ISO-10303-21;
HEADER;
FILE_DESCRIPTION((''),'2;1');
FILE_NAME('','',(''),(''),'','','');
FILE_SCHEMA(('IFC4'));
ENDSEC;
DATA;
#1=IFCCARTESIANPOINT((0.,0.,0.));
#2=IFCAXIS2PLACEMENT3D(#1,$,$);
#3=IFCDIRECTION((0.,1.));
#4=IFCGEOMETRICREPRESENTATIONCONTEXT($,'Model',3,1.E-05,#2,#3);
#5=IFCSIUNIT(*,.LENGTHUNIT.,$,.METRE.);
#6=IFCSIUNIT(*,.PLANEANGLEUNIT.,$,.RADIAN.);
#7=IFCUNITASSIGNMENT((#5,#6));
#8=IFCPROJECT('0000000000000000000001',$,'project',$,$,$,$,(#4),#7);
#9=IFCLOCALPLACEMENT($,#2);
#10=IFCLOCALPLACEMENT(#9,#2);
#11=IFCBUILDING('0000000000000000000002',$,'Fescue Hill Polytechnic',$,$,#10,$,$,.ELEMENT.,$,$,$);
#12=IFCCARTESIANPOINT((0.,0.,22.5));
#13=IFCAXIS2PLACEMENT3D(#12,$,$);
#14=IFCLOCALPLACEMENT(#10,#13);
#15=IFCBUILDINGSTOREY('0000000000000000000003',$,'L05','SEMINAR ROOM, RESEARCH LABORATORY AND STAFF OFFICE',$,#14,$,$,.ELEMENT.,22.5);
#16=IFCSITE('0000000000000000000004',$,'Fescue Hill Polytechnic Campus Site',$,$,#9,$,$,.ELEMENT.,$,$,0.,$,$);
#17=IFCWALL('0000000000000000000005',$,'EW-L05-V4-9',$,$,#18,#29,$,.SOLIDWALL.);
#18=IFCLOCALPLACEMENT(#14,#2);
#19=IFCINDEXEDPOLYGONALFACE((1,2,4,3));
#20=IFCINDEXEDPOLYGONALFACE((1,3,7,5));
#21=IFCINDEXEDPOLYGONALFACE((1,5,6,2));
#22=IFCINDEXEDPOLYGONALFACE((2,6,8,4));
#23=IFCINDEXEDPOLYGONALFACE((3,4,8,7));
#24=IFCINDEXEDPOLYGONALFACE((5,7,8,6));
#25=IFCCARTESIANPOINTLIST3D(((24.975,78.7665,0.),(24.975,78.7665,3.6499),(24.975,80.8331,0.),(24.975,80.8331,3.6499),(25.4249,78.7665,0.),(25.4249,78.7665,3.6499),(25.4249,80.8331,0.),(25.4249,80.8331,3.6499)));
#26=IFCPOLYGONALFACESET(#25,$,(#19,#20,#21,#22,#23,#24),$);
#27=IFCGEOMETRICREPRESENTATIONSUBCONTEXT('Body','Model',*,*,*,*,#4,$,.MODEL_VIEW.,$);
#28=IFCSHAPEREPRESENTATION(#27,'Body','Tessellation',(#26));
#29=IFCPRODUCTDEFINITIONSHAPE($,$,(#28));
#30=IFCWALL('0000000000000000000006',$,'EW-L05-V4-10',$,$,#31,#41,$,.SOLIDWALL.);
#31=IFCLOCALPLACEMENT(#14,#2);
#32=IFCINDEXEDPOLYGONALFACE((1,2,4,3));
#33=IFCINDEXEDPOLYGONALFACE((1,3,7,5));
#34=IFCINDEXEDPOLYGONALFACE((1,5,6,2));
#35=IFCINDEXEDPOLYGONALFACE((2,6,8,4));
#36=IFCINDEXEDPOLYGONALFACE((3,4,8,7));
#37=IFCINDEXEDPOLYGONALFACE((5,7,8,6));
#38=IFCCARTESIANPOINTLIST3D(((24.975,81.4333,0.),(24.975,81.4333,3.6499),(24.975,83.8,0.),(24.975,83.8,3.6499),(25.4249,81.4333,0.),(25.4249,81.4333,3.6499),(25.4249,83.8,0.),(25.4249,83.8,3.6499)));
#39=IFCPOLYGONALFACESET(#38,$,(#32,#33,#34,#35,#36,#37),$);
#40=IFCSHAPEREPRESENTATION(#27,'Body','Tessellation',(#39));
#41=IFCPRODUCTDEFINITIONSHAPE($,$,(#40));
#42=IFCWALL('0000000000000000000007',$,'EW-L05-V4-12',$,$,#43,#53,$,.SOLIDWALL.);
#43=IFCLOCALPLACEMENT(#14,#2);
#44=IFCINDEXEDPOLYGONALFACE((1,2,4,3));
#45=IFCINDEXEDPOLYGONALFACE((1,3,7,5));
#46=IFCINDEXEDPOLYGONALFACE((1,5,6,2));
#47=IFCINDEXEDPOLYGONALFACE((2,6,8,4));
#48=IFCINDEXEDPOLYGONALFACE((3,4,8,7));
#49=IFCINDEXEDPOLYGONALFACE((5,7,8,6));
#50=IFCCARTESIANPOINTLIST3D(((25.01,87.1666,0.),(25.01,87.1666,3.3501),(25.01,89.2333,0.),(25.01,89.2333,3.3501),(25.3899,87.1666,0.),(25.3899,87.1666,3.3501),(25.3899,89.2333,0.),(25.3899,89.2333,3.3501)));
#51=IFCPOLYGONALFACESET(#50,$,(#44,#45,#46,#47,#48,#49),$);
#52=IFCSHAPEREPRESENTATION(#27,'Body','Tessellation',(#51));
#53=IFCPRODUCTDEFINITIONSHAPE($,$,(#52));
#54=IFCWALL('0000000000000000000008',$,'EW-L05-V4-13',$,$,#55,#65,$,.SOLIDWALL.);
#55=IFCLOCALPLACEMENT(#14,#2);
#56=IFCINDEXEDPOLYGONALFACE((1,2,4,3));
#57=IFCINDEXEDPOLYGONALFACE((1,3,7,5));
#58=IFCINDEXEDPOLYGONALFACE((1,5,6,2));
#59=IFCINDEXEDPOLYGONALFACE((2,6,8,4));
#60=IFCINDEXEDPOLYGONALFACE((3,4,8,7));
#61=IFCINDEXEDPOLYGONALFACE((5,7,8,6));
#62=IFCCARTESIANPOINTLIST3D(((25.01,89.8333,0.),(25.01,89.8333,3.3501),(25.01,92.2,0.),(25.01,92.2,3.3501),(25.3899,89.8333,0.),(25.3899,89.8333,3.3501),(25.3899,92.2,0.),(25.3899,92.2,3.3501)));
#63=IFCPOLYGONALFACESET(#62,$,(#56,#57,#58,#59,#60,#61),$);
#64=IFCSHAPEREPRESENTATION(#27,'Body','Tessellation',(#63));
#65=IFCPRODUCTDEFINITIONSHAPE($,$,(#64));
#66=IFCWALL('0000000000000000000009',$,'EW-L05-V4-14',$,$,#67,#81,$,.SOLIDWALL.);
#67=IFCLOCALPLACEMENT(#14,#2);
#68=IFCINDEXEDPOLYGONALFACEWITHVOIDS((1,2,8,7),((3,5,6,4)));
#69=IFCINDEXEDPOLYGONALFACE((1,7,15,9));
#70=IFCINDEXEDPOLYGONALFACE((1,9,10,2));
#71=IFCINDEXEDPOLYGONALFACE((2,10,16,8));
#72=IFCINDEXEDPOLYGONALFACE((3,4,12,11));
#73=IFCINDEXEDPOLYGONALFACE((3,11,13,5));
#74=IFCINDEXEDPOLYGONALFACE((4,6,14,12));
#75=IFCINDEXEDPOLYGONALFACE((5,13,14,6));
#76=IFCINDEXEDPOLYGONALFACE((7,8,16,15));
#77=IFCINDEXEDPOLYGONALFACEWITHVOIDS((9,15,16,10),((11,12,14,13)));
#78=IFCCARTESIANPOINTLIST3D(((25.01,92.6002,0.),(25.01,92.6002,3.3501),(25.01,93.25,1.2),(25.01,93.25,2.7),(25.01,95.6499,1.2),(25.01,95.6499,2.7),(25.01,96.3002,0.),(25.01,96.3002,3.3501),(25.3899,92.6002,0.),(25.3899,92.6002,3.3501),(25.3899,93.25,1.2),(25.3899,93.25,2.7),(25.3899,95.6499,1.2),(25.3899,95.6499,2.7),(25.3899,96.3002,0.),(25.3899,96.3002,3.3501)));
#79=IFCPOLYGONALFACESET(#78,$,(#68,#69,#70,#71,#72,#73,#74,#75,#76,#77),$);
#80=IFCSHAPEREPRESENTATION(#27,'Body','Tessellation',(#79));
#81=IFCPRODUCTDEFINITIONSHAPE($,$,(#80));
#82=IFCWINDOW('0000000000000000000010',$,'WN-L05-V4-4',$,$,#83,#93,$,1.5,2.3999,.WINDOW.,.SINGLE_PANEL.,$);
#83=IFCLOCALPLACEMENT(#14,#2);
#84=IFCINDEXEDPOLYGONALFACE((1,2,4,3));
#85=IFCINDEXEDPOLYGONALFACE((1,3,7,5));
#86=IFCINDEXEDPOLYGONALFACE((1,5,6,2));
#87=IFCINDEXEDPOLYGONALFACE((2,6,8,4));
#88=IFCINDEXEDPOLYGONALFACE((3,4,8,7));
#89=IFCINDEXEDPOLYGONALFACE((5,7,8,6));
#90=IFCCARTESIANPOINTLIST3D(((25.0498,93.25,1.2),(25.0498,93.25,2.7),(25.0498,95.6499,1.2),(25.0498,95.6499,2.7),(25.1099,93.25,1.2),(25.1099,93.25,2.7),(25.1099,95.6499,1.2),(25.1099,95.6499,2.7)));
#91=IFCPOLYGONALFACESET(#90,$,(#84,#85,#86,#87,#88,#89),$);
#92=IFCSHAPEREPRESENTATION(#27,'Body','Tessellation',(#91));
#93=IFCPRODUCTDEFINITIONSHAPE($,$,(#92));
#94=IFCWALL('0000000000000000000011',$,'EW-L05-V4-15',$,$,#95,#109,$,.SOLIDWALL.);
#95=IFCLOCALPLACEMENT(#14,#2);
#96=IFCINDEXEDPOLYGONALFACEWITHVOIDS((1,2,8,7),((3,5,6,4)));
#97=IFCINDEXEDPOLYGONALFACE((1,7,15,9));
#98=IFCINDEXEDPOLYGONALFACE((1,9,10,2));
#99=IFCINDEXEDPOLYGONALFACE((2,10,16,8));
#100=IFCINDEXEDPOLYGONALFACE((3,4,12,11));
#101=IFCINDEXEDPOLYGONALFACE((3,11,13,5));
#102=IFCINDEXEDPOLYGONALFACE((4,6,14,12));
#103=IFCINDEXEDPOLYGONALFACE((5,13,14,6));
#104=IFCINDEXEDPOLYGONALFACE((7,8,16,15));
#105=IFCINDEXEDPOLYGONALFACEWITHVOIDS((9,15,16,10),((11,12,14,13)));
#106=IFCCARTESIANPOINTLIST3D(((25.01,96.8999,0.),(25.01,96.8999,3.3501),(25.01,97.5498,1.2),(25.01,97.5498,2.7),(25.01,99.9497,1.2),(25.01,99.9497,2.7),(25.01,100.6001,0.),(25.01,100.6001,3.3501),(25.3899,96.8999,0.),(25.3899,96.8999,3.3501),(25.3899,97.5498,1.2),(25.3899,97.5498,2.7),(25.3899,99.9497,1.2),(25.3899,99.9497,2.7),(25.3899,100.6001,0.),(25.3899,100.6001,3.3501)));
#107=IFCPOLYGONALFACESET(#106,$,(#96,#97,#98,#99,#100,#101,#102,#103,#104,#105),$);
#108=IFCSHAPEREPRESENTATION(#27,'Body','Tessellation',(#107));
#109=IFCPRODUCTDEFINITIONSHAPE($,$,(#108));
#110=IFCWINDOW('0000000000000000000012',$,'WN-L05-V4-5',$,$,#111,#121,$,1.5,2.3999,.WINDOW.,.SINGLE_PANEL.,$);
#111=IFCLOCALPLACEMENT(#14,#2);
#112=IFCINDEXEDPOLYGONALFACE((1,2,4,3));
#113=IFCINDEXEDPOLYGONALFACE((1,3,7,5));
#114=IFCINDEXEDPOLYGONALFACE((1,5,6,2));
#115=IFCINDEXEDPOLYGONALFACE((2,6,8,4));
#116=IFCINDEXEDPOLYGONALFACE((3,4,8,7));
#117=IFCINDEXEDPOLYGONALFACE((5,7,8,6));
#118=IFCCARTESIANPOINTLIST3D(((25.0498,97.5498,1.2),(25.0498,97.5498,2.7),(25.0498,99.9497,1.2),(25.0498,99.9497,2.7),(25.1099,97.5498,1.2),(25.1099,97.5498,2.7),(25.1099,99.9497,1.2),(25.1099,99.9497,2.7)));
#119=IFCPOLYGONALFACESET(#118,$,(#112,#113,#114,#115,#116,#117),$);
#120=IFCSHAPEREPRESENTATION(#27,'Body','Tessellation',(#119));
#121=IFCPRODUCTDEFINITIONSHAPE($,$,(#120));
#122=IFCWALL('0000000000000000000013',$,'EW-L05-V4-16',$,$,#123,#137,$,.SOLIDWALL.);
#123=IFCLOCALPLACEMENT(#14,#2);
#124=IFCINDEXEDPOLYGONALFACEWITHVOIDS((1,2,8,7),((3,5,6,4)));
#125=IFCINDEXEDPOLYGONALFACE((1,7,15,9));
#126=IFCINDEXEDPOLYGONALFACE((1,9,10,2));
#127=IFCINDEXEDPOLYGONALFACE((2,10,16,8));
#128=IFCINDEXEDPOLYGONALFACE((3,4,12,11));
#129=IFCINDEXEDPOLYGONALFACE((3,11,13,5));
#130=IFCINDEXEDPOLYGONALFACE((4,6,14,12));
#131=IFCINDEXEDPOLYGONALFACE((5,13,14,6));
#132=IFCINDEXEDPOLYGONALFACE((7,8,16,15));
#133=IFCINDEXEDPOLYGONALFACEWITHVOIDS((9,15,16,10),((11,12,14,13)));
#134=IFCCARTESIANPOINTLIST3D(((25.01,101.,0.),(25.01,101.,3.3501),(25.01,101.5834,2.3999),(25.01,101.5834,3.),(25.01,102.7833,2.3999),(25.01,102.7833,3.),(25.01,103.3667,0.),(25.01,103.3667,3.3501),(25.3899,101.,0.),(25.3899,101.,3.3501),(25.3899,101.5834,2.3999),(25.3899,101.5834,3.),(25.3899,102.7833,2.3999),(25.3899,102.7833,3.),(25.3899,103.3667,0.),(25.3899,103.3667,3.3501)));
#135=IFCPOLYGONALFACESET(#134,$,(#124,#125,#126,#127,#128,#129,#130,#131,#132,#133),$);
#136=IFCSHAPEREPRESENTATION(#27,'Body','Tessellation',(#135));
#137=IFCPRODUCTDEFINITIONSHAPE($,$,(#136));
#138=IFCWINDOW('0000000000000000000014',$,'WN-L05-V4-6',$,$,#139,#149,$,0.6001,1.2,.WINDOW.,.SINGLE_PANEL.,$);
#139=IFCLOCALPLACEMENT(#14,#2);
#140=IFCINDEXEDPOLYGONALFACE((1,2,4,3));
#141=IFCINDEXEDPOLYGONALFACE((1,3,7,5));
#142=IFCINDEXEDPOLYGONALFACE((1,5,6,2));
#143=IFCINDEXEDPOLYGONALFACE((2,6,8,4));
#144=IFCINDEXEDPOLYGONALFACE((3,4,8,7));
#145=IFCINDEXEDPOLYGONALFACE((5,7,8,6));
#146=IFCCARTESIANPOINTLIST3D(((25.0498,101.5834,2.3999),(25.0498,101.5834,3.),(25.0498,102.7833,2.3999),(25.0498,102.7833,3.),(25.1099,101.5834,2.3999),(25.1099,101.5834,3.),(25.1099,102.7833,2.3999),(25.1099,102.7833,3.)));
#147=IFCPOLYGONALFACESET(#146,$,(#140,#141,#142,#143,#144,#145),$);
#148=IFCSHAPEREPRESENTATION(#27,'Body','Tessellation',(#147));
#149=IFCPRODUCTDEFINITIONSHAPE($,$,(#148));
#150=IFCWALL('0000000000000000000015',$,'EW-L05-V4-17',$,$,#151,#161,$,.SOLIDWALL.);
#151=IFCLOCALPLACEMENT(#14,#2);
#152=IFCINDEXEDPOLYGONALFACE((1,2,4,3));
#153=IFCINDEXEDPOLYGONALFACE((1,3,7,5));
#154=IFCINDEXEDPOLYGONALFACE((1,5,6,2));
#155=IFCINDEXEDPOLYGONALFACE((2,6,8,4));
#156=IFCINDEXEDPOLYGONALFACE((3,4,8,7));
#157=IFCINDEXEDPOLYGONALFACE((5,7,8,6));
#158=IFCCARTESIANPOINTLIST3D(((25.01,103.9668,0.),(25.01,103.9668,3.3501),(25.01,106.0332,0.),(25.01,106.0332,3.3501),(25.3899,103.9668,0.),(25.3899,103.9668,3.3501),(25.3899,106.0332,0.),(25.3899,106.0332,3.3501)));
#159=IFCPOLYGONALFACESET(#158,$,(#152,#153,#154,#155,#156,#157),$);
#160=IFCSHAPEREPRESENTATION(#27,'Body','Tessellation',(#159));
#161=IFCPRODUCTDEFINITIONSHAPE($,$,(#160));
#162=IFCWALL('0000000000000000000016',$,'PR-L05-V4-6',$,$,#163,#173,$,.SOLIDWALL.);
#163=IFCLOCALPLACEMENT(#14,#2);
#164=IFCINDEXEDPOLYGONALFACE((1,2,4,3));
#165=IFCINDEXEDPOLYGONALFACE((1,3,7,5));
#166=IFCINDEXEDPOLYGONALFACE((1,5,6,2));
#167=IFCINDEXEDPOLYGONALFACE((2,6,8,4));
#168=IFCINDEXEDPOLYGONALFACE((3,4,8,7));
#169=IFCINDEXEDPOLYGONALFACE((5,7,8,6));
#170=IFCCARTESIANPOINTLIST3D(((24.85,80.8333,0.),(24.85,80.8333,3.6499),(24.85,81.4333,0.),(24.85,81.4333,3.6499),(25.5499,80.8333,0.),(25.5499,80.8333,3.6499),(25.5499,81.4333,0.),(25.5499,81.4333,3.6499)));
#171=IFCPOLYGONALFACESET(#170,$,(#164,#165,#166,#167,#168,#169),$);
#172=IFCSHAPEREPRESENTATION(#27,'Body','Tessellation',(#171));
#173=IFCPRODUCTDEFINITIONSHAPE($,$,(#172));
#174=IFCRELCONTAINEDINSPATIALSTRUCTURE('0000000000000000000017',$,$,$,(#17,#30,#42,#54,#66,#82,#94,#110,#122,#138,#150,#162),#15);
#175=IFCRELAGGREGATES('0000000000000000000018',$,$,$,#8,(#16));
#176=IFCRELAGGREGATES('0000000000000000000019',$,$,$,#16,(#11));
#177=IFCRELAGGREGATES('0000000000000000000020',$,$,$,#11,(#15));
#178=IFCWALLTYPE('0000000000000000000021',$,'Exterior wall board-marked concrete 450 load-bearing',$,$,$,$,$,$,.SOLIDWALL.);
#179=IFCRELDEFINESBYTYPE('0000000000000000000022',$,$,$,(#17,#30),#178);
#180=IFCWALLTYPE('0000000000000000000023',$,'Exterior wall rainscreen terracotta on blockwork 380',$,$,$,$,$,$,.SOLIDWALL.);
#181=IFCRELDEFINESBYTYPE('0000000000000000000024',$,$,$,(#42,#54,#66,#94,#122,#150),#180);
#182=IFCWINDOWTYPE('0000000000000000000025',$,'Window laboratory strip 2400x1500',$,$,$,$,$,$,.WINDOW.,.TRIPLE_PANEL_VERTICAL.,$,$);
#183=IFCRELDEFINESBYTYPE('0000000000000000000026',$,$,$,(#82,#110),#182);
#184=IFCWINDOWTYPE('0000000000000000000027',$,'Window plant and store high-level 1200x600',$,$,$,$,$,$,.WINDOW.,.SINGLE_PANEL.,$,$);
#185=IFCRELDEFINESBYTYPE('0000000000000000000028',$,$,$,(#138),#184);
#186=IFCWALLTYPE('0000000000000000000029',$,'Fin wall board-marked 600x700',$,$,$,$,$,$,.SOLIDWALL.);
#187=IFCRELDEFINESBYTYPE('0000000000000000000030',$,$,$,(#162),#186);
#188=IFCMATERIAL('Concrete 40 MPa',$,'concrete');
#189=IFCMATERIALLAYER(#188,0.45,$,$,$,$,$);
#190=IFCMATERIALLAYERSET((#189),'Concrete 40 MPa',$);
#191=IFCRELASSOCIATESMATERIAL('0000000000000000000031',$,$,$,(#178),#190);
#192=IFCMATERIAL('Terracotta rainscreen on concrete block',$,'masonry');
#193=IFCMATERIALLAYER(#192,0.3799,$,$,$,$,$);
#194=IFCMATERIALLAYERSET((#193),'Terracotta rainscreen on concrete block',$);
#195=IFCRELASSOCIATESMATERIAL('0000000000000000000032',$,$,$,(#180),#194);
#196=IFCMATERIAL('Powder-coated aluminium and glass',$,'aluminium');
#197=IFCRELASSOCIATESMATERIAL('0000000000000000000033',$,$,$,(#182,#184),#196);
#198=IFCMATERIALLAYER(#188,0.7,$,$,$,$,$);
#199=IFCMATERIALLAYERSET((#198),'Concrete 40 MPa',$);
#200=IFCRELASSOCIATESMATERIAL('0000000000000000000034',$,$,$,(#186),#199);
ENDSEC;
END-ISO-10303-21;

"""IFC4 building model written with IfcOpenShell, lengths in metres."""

from ifc_helpers import new_model, si_unit, direction, frame, frame_2d, origin, place, context, subcontext, project, spatial, rectangle, extrude, material, layer, layer_set, type_object, element, fill, save


model = new_model("IFC4")

# Units and contexts
model_context = context("Model", 3, precision=1e-05, world=origin(), true_north=direction((0.0, 1.0)))
body_context = subcontext(model_context, "Body", "Model", "MODEL_VIEW")
ifc_project = project(units=[si_unit("LENGTHUNIT", "METRE"), si_unit("PLANEANGLEUNIT", "RADIAN")], contexts=[model_context])

# Site, building, storey
site_placement = place(None, origin())
site = spatial("IfcSite", under=ifc_project, at=site_placement, Name="Fescue Hill Polytechnic Campus Site", CompositionType="ELEMENT", RefElevation=0.0)
building_placement = place(site_placement, origin())
building = spatial("IfcBuilding", under=site, at=building_placement, Name="Fescue Hill Polytechnic", CompositionType="ELEMENT")
storey_placement = place(building_placement, frame((0.0, 0.0, 22.5)))
storey = spatial("IfcBuildingStorey", under=building, at=storey_placement, Name="L05", Description="SEMINAR ROOM, RESEARCH LABORATORY AND STAFF OFFICE", CompositionType="ELEMENT", Elevation=22.5)

# Walls
ifc_material_1 = material(Name="Concrete 40 MPa", Category="concrete")
ifc_layer_1 = layer(ifc_material_1, 0.45)
ifc_layer_set_1 = layer_set([ifc_layer_1], Name="Concrete 40 MPa")
wall_type_1 = type_object("IfcWallType", Name="Exterior wall board-marked concrete 450 load-bearing", PredefinedType="SOLIDWALL", material=ifc_layer_set_1)
wall_1_placement = place(storey_placement, frame((25.2, 78.7666, 0.0), z_axis=(0.0, 0.0, 1.0), x_axis=(0.0, 1.0, 0.0)))
element("IfcWall", 1, at=wall_1_placement, inside=storey, type_object=wall_type_1, Name="EW-L05-V4-9", PredefinedType="SOLIDWALL", context=body_context, shape_type="SweptSolid", body=[
    extrude(rectangle(XDim=2.0667, YDim=0.45, at=frame_2d((1.0332, 0.0))), origin(), (0.0, 0.0, 1.0), 3.6499),
])
wall_2_placement = place(storey_placement, frame((25.2, 81.4333, 0.0), z_axis=(0.0, 0.0, 1.0), x_axis=(0.0, 1.0, 0.0)))
element("IfcWall", 2, at=wall_2_placement, inside=storey, type_object=wall_type_1, Name="EW-L05-V4-10", PredefinedType="SOLIDWALL", context=body_context, shape_type="SweptSolid", body=[
    extrude(rectangle(XDim=2.3667, YDim=0.45, at=frame_2d((1.1833, 0.0))), origin(), (0.0, 0.0, 1.0), 3.6499),
])
ifc_material_2 = material(Name="Terracotta rainscreen on concrete block", Category="masonry")
ifc_layer_2 = layer(ifc_material_2, 0.3799)
ifc_layer_set_2 = layer_set([ifc_layer_2], Name="Terracotta rainscreen on concrete block")
wall_type_2 = type_object("IfcWallType", Name="Exterior wall rainscreen terracotta on blockwork 380", PredefinedType="SOLIDWALL", material=ifc_layer_set_2)
wall_3_placement = place(storey_placement, frame((25.2, 87.1667, 0.0), z_axis=(0.0, 0.0, 1.0), x_axis=(0.0, 1.0, 0.0)))
element("IfcWall", 3, at=wall_3_placement, inside=storey, type_object=wall_type_2, Name="EW-L05-V4-12", PredefinedType="SOLIDWALL", context=body_context, shape_type="SweptSolid", body=[
    extrude(rectangle(XDim=2.0667, YDim=0.3799, at=frame_2d((1.0332, 0.0))), origin(), (0.0, 0.0, 1.0), 3.3501),
])
wall_4_placement = place(storey_placement, frame((25.2, 89.8333, 0.0), z_axis=(0.0, 0.0, 1.0), x_axis=(0.0, 1.0, 0.0)))
element("IfcWall", 4, at=wall_4_placement, inside=storey, type_object=wall_type_2, Name="EW-L05-V4-13", PredefinedType="SOLIDWALL", context=body_context, shape_type="SweptSolid", body=[
    extrude(rectangle(XDim=2.3667, YDim=0.3799, at=frame_2d((1.1833, 0.0))), origin(), (0.0, 0.0, 1.0), 3.3501),
])

# Walls, openings, windows
wall_5_placement = place(storey_placement, frame((25.2, 92.6001, 0.0), z_axis=(0.0, 0.0, 1.0), x_axis=(0.0, 1.0, 0.0)))
wall_5 = element("IfcWall", 5, at=wall_5_placement, inside=storey, type_object=wall_type_2, Name="EW-L05-V4-14", PredefinedType="SOLIDWALL", context=body_context, shape_type="SweptSolid", body=[
    extrude(rectangle(XDim=3.7, YDim=0.3799, at=frame_2d((1.8501, 0.0))), origin(), (0.0, 0.0, 1.0), 3.3501),
])
opening_1_placement = place(wall_5_placement, frame((0.6499, 0.0, 1.2)))
opening_1 = element("IfcOpeningElement", 6, at=opening_1_placement, cuts=wall_5, PredefinedType="OPENING", context=body_context, shape_type="SweptSolid", body=[
    extrude(rectangle(XDim=2.3999, YDim=1.5, at=frame_2d((1.2, 0.75))), frame((0.0, 0.2, 0.0), z_axis=(0.0, -1.0, 0.0), x_axis=(1.0, 0.0, 0.0)), (0.0, 0.0, 1.0), 0.3999),
])
ifc_material_3 = material(Name="Powder-coated aluminium and glass", Category="aluminium")
window_type_1 = type_object("IfcWindowType", Name="Window laboratory strip 2400x1500", PartitioningType="TRIPLE_PANEL_VERTICAL", PredefinedType="WINDOW", material=ifc_material_3)
window_1_placement = place(opening_1_placement, origin())
window_1 = element("IfcWindow", 7, at=window_1_placement, inside=storey, type_object=window_type_1, Name="WN-L05-V4-4", OverallHeight=1.5, OverallWidth=2.3999, PartitioningType="SINGLE_PANEL", PredefinedType="WINDOW", context=body_context, shape_type="SweptSolid", body=[
    extrude(rectangle(XDim=2.3999, YDim=1.5, at=frame_2d((1.2, 0.75))), frame((0.0, 0.1501, 0.0), z_axis=(0.0, -1.0, 0.0), x_axis=(1.0, 0.0, 0.0)), (0.0, 0.0, 1.0), 0.0601),
])
fill(opening_1, window_1)
wall_6_placement = place(storey_placement, frame((25.2, 96.8999, 0.0), z_axis=(0.0, 0.0, 1.0), x_axis=(0.0, 1.0, 0.0)))
wall_6 = element("IfcWall", 8, at=wall_6_placement, inside=storey, type_object=wall_type_2, Name="EW-L05-V4-15", PredefinedType="SOLIDWALL", context=body_context, shape_type="SweptSolid", body=[
    extrude(rectangle(XDim=3.7002, YDim=0.3799, at=frame_2d((1.8501, 0.0))), origin(), (0.0, 0.0, 1.0), 3.3501),
])
opening_2_placement = place(wall_6_placement, frame((0.6499, 0.0, 1.2)))
opening_2 = element("IfcOpeningElement", 9, at=opening_2_placement, cuts=wall_6, PredefinedType="OPENING", context=body_context, shape_type="SweptSolid", body=[
    extrude(rectangle(XDim=2.3999, YDim=1.5, at=frame_2d((1.2, 0.75))), frame((0.0, 0.2, 0.0), z_axis=(0.0, -1.0, 0.0), x_axis=(1.0, 0.0, 0.0)), (0.0, 0.0, 1.0), 0.3999),
])
window_2_placement = place(opening_2_placement, origin())
window_2 = element("IfcWindow", 10, at=window_2_placement, inside=storey, type_object=window_type_1, Name="WN-L05-V4-5", OverallHeight=1.5, OverallWidth=2.3999, PartitioningType="SINGLE_PANEL", PredefinedType="WINDOW", context=body_context, shape_type="SweptSolid", body=[
    extrude(rectangle(XDim=2.3999, YDim=1.5, at=frame_2d((1.2, 0.75))), frame((0.0, 0.1501, 0.0), z_axis=(0.0, -1.0, 0.0), x_axis=(1.0, 0.0, 0.0)), (0.0, 0.0, 1.0), 0.0601),
])
fill(opening_2, window_2)
wall_7_placement = place(storey_placement, frame((25.2, 101.0, 0.0), z_axis=(0.0, 0.0, 1.0), x_axis=(0.0, 1.0, 0.0)))
wall_7 = element("IfcWall", 11, at=wall_7_placement, inside=storey, type_object=wall_type_2, Name="EW-L05-V4-16", PredefinedType="SOLIDWALL", context=body_context, shape_type="SweptSolid", body=[
    extrude(rectangle(XDim=2.3667, YDim=0.3799, at=frame_2d((1.1833, 0.0))), origin(), (0.0, 0.0, 1.0), 3.3501),
])
opening_3_placement = place(wall_7_placement, frame((0.5833, 0.0, 2.3999)))
opening_3 = element("IfcOpeningElement", 12, at=opening_3_placement, cuts=wall_7, PredefinedType="OPENING", context=body_context, shape_type="SweptSolid", body=[
    extrude(rectangle(XDim=1.2, YDim=0.6001, at=frame_2d((0.6001, 0.3))), frame((0.0, 0.2, 0.0), z_axis=(0.0, -1.0, 0.0), x_axis=(1.0, 0.0, 0.0)), (0.0, 0.0, 1.0), 0.3999),
])
window_type_2 = type_object("IfcWindowType", Name="Window plant and store high-level 1200x600", PartitioningType="SINGLE_PANEL", PredefinedType="WINDOW", material=ifc_material_3)
window_3_placement = place(opening_3_placement, origin())
window_3 = element("IfcWindow", 13, at=window_3_placement, inside=storey, type_object=window_type_2, Name="WN-L05-V4-6", OverallHeight=0.6001, OverallWidth=1.2, PartitioningType="SINGLE_PANEL", PredefinedType="WINDOW", context=body_context, shape_type="SweptSolid", body=[
    extrude(rectangle(XDim=1.2, YDim=0.6001, at=frame_2d((0.6001, 0.3))), frame((0.0, 0.1501, 0.0), z_axis=(0.0, -1.0, 0.0), x_axis=(1.0, 0.0, 0.0)), (0.0, 0.0, 1.0), 0.0601),
])
fill(opening_3, window_3)

# Walls
wall_8_placement = place(storey_placement, frame((25.2, 103.9668, 0.0), z_axis=(0.0, 0.0, 1.0), x_axis=(0.0, 1.0, 0.0)))
element("IfcWall", 14, at=wall_8_placement, inside=storey, type_object=wall_type_2, Name="EW-L05-V4-17", PredefinedType="SOLIDWALL", context=body_context, shape_type="SweptSolid", body=[
    extrude(rectangle(XDim=2.0664, YDim=0.3799, at=frame_2d((1.0332, 0.0))), origin(), (0.0, 0.0, 1.0), 3.3501),
])
ifc_layer_3 = layer(ifc_material_1, 0.7)
ifc_layer_set_3 = layer_set([ifc_layer_3], Name="Concrete 40 MPa")
wall_type_3 = type_object("IfcWallType", Name="Fin wall board-marked 600x700", PredefinedType="SOLIDWALL", material=ifc_layer_set_3)
wall_9_placement = place(storey_placement, frame((25.2, 80.8333, 0.0), z_axis=(0.0, 0.0, 1.0), x_axis=(0.0, 1.0, 0.0)))
element("IfcWall", 15, at=wall_9_placement, inside=storey, type_object=wall_type_3, Name="PR-L05-V4-6", PredefinedType="SOLIDWALL", context=body_context, shape_type="SweptSolid", body=[
    extrude(rectangle(XDim=0.6001, YDim=0.7, at=frame_2d((0.3, 0.0))), origin(), (0.0, 0.0, 1.0), 3.6499),
])

save(model, "model.ifc")
